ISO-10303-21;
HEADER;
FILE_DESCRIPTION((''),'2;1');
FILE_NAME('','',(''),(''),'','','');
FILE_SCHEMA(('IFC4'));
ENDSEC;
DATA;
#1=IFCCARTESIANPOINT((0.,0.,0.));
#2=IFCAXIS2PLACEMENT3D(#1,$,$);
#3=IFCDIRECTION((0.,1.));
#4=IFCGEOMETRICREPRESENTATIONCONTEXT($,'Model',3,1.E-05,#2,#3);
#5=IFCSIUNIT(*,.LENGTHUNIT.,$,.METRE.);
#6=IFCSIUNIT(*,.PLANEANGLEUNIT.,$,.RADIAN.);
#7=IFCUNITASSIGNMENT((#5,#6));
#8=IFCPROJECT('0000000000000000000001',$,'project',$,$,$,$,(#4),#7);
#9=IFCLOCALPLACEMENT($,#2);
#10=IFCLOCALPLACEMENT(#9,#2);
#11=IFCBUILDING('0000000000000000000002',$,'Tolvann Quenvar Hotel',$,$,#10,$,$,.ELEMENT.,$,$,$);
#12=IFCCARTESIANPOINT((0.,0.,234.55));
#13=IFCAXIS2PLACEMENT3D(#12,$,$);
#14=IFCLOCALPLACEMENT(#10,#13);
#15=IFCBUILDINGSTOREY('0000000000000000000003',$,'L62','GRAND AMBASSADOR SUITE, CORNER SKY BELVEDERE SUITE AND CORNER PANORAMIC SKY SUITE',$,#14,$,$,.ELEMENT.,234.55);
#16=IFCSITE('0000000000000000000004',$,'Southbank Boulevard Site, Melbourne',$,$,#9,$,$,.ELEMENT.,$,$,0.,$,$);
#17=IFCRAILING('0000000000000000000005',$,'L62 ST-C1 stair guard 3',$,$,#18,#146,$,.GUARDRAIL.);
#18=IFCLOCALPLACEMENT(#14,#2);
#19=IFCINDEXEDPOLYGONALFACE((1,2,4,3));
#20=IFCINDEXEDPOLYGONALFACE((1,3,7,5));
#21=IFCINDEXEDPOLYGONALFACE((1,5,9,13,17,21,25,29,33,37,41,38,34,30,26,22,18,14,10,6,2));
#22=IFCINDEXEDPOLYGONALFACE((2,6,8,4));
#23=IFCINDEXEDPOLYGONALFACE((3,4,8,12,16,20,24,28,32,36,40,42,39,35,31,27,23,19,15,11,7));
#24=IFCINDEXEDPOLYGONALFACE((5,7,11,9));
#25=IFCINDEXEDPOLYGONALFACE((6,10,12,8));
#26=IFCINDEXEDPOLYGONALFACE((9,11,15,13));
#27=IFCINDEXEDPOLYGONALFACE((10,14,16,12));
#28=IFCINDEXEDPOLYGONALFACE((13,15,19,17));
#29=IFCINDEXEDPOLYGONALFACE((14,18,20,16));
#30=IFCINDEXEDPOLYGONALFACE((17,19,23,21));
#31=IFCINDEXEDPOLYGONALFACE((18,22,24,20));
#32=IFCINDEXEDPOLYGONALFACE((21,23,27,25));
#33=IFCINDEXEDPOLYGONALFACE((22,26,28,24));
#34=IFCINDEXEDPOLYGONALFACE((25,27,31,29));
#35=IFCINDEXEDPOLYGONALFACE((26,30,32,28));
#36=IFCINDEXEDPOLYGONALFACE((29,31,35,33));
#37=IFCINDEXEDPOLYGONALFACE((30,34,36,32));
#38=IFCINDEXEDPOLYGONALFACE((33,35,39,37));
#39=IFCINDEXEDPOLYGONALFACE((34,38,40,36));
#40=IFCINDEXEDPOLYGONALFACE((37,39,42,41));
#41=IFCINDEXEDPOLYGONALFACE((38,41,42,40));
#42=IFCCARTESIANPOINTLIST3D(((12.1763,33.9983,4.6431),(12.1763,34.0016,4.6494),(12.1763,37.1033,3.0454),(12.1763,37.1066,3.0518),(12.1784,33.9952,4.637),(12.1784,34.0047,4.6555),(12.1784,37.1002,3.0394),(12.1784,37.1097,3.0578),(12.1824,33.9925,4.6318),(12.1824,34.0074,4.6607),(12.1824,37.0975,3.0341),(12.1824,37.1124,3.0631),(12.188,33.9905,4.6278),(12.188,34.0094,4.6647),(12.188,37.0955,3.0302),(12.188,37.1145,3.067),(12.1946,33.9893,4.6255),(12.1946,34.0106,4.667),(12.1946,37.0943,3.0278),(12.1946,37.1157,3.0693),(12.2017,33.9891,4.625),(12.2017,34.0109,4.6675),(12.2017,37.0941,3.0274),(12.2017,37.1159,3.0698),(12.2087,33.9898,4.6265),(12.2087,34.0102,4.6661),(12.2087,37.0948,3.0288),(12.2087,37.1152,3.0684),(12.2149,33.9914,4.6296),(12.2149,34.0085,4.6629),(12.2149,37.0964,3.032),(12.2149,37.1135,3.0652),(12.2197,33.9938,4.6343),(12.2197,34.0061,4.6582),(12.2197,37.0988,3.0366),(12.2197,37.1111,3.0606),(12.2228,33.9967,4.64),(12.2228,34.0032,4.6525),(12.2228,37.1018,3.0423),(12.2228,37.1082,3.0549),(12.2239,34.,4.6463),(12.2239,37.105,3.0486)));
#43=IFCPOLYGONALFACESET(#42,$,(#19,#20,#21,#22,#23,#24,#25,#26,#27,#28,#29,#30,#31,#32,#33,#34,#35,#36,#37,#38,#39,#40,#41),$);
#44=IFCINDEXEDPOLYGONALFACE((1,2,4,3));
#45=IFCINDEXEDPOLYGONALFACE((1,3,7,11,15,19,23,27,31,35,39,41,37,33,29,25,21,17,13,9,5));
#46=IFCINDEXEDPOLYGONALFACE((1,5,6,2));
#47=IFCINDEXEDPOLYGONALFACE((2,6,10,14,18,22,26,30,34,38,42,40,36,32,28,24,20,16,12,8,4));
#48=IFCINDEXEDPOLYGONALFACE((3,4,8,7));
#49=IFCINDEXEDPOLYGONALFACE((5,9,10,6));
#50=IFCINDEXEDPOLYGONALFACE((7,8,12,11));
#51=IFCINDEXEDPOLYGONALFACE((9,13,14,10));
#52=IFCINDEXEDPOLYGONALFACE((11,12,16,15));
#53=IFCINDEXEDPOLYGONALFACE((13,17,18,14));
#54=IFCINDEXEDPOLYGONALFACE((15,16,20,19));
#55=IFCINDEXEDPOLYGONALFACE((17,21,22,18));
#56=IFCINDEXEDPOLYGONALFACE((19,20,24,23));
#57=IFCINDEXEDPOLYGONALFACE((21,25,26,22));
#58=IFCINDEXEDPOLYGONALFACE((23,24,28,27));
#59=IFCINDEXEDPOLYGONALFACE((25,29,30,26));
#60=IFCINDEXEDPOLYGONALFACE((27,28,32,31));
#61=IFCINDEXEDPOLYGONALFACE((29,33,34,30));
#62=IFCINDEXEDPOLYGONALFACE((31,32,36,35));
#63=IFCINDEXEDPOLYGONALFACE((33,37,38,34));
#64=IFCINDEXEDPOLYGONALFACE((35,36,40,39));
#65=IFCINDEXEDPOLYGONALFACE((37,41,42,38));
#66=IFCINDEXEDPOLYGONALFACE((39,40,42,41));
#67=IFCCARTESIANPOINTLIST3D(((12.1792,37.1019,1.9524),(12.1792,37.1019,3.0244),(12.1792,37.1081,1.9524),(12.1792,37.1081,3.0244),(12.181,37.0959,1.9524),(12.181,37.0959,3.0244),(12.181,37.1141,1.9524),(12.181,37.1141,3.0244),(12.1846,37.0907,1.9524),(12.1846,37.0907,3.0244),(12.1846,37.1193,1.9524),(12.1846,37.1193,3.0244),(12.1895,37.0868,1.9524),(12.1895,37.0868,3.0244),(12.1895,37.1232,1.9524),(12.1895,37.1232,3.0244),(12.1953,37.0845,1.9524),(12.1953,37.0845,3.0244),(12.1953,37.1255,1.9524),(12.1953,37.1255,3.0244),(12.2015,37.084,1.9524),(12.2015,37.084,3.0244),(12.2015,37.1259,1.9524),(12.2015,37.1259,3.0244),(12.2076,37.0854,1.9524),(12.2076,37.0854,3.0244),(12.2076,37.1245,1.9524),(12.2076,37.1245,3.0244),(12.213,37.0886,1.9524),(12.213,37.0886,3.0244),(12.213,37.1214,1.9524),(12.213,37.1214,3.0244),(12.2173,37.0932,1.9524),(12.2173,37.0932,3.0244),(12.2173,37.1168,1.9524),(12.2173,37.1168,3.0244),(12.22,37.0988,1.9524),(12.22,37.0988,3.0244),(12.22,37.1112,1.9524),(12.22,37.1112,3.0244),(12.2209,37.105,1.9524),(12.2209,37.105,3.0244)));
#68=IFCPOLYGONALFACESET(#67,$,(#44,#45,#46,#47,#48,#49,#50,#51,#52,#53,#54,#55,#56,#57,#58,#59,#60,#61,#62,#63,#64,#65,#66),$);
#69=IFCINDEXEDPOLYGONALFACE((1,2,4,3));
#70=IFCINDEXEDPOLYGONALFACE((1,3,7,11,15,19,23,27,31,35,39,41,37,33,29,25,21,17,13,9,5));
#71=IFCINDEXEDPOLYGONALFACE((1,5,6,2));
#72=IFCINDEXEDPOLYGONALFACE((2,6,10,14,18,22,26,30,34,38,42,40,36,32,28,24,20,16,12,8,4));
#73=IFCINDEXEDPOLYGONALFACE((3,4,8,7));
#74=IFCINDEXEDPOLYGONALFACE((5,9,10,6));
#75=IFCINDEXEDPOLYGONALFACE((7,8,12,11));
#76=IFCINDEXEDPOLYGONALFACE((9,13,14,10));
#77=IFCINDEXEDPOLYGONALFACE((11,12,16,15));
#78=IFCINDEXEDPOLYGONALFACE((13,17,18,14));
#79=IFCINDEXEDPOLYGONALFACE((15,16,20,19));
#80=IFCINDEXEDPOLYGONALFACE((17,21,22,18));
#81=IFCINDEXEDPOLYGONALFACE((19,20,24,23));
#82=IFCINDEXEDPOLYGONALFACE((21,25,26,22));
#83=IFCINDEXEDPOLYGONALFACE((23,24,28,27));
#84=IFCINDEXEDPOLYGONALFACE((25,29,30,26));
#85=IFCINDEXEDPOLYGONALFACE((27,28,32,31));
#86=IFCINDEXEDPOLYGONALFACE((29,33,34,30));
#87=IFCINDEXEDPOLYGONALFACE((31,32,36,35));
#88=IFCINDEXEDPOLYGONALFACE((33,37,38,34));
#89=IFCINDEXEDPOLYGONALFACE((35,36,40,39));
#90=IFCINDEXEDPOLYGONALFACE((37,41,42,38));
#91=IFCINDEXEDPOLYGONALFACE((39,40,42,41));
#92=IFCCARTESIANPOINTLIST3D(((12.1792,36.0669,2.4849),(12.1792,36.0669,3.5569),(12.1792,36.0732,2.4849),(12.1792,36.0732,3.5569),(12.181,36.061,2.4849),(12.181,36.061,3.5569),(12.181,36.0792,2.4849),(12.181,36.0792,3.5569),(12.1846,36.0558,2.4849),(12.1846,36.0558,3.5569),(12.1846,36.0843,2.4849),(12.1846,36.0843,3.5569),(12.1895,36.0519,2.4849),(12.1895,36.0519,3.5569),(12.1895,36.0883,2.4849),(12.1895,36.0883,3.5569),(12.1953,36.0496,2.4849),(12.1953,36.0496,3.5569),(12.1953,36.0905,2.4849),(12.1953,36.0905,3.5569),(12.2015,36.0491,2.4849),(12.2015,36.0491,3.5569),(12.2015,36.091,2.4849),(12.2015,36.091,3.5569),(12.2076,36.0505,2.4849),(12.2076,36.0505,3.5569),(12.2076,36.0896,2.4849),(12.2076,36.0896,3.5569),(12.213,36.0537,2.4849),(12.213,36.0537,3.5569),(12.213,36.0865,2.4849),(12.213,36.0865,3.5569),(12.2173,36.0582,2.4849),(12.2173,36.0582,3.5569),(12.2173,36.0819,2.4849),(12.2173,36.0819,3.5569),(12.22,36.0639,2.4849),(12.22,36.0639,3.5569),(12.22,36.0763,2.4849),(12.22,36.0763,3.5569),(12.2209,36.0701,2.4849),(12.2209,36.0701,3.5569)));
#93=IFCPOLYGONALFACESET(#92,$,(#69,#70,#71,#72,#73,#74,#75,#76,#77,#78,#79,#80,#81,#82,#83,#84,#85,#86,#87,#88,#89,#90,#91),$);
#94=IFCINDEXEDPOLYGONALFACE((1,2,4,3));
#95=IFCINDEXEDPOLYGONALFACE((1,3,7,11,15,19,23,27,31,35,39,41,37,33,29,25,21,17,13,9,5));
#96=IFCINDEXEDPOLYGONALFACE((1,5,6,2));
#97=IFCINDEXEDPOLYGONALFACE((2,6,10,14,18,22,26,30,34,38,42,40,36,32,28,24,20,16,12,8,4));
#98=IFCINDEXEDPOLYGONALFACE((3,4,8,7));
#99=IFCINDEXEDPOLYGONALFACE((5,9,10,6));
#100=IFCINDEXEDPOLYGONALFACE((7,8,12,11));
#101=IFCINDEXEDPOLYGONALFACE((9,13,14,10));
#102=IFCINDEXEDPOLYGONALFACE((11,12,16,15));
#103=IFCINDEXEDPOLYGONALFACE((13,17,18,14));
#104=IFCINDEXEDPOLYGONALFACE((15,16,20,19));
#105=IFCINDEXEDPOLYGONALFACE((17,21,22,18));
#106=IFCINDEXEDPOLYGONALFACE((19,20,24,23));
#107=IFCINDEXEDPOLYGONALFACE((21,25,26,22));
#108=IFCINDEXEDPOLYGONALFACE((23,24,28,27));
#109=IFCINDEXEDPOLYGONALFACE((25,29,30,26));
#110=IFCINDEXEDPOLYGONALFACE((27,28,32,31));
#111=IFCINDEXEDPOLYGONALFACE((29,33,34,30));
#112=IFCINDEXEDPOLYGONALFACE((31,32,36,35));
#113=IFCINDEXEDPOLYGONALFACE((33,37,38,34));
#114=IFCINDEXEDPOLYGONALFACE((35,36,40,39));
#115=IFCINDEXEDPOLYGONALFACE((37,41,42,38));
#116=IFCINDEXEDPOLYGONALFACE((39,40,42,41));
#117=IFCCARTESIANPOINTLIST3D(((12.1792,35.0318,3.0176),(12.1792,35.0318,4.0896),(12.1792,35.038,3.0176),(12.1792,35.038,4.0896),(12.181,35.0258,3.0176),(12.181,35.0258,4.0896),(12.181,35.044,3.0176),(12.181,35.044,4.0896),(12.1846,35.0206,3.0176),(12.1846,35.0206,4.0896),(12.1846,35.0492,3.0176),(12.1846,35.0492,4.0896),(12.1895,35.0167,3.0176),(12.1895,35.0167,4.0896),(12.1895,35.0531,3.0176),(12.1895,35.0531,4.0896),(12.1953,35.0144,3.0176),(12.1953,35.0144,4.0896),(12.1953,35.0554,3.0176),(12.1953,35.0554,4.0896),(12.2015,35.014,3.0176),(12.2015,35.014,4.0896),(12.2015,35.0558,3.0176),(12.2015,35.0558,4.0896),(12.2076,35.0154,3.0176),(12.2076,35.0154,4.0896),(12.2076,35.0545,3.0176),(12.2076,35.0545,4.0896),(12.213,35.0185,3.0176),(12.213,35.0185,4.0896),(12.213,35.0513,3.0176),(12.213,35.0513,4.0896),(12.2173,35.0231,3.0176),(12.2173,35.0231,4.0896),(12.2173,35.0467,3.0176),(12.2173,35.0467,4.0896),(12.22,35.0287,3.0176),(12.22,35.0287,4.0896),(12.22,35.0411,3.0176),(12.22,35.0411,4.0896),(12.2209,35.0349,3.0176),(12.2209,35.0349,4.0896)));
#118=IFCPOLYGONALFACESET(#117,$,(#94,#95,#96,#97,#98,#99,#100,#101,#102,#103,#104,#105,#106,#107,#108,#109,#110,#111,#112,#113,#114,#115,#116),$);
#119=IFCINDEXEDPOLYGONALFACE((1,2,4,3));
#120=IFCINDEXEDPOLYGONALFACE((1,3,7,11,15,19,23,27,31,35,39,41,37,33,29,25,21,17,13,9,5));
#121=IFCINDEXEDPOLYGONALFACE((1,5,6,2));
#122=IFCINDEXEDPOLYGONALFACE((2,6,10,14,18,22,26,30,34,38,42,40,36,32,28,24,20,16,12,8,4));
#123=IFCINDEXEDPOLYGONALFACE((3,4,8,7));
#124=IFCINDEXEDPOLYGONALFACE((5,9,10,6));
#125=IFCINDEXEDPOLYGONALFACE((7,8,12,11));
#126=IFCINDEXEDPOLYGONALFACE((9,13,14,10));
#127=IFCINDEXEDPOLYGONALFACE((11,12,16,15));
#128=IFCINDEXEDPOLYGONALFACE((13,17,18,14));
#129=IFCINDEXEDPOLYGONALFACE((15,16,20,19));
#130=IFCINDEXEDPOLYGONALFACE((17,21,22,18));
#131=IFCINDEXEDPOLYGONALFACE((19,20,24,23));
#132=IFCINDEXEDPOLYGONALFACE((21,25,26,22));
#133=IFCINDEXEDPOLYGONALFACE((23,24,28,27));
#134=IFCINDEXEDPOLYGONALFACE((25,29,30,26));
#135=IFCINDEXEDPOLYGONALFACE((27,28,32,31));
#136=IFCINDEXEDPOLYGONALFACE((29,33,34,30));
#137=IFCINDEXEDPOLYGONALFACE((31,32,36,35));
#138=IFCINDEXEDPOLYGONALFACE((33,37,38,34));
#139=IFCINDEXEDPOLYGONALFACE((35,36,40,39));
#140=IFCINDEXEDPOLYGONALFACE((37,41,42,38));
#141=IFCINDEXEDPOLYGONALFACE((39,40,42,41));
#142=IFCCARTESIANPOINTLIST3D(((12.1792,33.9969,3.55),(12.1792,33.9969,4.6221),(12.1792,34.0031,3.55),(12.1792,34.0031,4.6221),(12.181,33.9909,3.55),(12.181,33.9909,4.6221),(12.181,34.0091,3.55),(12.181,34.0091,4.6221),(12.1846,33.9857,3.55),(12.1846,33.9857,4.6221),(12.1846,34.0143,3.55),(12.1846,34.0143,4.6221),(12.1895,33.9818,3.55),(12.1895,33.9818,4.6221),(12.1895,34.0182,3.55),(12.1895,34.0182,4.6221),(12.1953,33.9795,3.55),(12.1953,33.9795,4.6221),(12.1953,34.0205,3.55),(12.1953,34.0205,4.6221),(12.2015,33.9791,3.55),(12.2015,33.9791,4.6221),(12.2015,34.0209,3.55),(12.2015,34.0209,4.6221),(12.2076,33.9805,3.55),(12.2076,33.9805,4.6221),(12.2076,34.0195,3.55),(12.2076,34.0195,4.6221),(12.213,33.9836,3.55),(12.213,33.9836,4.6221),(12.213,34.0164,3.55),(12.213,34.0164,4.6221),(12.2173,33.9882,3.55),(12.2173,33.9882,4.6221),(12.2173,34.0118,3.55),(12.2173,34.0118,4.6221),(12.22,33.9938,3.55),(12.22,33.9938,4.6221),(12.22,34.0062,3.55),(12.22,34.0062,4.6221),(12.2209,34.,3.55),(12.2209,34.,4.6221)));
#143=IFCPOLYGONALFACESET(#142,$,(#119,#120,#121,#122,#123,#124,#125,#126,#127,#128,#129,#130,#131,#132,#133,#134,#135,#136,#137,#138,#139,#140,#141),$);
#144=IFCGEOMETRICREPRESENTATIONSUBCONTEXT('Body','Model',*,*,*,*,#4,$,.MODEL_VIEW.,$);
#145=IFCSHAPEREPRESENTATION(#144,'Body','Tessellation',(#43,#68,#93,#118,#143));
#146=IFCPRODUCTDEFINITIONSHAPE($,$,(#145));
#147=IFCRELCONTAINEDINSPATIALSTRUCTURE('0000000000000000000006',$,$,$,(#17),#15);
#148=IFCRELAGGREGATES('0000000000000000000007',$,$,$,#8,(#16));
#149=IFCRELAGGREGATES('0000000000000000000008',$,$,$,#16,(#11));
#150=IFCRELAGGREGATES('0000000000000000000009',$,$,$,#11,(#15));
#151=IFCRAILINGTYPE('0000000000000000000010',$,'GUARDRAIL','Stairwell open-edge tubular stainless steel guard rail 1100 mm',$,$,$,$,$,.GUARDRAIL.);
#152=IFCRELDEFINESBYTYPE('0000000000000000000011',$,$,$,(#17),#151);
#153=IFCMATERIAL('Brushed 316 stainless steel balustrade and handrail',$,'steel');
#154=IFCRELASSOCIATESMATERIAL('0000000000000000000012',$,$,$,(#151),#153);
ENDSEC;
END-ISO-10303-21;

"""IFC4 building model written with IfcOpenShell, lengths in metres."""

from ifc_helpers import new_model, si_unit, direction, frame, origin, origin_2d, place, context, subcontext, project, spatial, circle, extrude, material, type_object, element, save


model = new_model("IFC4")

# Units and contexts
model_context = context("Model", 3, precision=1e-05, world=origin(), true_north=direction((0.0, 1.0)))
body_context = subcontext(model_context, "Body", "Model", "MODEL_VIEW")
ifc_project = project(units=[si_unit("LENGTHUNIT", "METRE"), si_unit("PLANEANGLEUNIT", "RADIAN")], contexts=[model_context])

# Site, building, storey
site_placement = place(None, origin())
site = spatial("IfcSite", under=ifc_project, at=site_placement, Name="Southbank Boulevard Site, Melbourne", CompositionType="ELEMENT", RefElevation=0.0)
building_placement = place(site_placement, origin())
building = spatial("IfcBuilding", under=site, at=building_placement, Name="Tolvann Quenvar Hotel", CompositionType="ELEMENT")
storey_placement = place(building_placement, frame((0.0, 0.0, 234.55)))
storey = spatial("IfcBuildingStorey", under=building, at=storey_placement, Name="L62", Description="GRAND AMBASSADOR SUITE, CORNER SKY BELVEDERE SUITE AND CORNER PANORAMIC SKY SUITE", CompositionType="ELEMENT", Elevation=234.55)

# Railing
ifc_material_1 = material(Name="Brushed 316 stainless steel balustrade and handrail", Category="steel")
railing_type_1 = type_object("IfcRailingType", Name="GUARDRAIL", Description="Stairwell open-edge tubular stainless steel guard rail 1100 mm", PredefinedType="GUARDRAIL", material=ifc_material_1)
railing_1_placement = place(storey_placement, frame((12.2, 37.105, 1.9524)))
element("IfcRailing", 1, at=railing_1_placement, inside=storey, type_object=railing_type_1, Name="L62 ST-C1 stair guard 3", PredefinedType="GUARDRAIL", context=body_context, shape_type="SweptSolid", body=[
    extrude(circle(Radius=0.0239, at=origin_2d()), frame((0.0, 0.0, 1.0962), z_axis=(0.0, -0.889194, 0.457531), x_axis=(1.0, 0.0, 0.0)), (0.0, 0.0, 1.0), 3.4919),
    extrude(circle(Radius=0.021, at=origin_2d()), origin(), (0.0, 0.0, 1.0), 1.072),
    extrude(circle(Radius=0.021, at=origin_2d()), frame((0.0, -1.0349, 0.5325)), (0.0, 0.0, 1.0), 1.072),
    extrude(circle(Radius=0.021, at=origin_2d()), frame((0.0, -2.0701, 1.0652)), (0.0, 0.0, 1.0), 1.072),
    extrude(circle(Radius=0.021, at=origin_2d()), frame((0.0, -3.105, 1.5977)), (0.0, 0.0, 1.0), 1.072),
])

save(model, "model.ifc")
